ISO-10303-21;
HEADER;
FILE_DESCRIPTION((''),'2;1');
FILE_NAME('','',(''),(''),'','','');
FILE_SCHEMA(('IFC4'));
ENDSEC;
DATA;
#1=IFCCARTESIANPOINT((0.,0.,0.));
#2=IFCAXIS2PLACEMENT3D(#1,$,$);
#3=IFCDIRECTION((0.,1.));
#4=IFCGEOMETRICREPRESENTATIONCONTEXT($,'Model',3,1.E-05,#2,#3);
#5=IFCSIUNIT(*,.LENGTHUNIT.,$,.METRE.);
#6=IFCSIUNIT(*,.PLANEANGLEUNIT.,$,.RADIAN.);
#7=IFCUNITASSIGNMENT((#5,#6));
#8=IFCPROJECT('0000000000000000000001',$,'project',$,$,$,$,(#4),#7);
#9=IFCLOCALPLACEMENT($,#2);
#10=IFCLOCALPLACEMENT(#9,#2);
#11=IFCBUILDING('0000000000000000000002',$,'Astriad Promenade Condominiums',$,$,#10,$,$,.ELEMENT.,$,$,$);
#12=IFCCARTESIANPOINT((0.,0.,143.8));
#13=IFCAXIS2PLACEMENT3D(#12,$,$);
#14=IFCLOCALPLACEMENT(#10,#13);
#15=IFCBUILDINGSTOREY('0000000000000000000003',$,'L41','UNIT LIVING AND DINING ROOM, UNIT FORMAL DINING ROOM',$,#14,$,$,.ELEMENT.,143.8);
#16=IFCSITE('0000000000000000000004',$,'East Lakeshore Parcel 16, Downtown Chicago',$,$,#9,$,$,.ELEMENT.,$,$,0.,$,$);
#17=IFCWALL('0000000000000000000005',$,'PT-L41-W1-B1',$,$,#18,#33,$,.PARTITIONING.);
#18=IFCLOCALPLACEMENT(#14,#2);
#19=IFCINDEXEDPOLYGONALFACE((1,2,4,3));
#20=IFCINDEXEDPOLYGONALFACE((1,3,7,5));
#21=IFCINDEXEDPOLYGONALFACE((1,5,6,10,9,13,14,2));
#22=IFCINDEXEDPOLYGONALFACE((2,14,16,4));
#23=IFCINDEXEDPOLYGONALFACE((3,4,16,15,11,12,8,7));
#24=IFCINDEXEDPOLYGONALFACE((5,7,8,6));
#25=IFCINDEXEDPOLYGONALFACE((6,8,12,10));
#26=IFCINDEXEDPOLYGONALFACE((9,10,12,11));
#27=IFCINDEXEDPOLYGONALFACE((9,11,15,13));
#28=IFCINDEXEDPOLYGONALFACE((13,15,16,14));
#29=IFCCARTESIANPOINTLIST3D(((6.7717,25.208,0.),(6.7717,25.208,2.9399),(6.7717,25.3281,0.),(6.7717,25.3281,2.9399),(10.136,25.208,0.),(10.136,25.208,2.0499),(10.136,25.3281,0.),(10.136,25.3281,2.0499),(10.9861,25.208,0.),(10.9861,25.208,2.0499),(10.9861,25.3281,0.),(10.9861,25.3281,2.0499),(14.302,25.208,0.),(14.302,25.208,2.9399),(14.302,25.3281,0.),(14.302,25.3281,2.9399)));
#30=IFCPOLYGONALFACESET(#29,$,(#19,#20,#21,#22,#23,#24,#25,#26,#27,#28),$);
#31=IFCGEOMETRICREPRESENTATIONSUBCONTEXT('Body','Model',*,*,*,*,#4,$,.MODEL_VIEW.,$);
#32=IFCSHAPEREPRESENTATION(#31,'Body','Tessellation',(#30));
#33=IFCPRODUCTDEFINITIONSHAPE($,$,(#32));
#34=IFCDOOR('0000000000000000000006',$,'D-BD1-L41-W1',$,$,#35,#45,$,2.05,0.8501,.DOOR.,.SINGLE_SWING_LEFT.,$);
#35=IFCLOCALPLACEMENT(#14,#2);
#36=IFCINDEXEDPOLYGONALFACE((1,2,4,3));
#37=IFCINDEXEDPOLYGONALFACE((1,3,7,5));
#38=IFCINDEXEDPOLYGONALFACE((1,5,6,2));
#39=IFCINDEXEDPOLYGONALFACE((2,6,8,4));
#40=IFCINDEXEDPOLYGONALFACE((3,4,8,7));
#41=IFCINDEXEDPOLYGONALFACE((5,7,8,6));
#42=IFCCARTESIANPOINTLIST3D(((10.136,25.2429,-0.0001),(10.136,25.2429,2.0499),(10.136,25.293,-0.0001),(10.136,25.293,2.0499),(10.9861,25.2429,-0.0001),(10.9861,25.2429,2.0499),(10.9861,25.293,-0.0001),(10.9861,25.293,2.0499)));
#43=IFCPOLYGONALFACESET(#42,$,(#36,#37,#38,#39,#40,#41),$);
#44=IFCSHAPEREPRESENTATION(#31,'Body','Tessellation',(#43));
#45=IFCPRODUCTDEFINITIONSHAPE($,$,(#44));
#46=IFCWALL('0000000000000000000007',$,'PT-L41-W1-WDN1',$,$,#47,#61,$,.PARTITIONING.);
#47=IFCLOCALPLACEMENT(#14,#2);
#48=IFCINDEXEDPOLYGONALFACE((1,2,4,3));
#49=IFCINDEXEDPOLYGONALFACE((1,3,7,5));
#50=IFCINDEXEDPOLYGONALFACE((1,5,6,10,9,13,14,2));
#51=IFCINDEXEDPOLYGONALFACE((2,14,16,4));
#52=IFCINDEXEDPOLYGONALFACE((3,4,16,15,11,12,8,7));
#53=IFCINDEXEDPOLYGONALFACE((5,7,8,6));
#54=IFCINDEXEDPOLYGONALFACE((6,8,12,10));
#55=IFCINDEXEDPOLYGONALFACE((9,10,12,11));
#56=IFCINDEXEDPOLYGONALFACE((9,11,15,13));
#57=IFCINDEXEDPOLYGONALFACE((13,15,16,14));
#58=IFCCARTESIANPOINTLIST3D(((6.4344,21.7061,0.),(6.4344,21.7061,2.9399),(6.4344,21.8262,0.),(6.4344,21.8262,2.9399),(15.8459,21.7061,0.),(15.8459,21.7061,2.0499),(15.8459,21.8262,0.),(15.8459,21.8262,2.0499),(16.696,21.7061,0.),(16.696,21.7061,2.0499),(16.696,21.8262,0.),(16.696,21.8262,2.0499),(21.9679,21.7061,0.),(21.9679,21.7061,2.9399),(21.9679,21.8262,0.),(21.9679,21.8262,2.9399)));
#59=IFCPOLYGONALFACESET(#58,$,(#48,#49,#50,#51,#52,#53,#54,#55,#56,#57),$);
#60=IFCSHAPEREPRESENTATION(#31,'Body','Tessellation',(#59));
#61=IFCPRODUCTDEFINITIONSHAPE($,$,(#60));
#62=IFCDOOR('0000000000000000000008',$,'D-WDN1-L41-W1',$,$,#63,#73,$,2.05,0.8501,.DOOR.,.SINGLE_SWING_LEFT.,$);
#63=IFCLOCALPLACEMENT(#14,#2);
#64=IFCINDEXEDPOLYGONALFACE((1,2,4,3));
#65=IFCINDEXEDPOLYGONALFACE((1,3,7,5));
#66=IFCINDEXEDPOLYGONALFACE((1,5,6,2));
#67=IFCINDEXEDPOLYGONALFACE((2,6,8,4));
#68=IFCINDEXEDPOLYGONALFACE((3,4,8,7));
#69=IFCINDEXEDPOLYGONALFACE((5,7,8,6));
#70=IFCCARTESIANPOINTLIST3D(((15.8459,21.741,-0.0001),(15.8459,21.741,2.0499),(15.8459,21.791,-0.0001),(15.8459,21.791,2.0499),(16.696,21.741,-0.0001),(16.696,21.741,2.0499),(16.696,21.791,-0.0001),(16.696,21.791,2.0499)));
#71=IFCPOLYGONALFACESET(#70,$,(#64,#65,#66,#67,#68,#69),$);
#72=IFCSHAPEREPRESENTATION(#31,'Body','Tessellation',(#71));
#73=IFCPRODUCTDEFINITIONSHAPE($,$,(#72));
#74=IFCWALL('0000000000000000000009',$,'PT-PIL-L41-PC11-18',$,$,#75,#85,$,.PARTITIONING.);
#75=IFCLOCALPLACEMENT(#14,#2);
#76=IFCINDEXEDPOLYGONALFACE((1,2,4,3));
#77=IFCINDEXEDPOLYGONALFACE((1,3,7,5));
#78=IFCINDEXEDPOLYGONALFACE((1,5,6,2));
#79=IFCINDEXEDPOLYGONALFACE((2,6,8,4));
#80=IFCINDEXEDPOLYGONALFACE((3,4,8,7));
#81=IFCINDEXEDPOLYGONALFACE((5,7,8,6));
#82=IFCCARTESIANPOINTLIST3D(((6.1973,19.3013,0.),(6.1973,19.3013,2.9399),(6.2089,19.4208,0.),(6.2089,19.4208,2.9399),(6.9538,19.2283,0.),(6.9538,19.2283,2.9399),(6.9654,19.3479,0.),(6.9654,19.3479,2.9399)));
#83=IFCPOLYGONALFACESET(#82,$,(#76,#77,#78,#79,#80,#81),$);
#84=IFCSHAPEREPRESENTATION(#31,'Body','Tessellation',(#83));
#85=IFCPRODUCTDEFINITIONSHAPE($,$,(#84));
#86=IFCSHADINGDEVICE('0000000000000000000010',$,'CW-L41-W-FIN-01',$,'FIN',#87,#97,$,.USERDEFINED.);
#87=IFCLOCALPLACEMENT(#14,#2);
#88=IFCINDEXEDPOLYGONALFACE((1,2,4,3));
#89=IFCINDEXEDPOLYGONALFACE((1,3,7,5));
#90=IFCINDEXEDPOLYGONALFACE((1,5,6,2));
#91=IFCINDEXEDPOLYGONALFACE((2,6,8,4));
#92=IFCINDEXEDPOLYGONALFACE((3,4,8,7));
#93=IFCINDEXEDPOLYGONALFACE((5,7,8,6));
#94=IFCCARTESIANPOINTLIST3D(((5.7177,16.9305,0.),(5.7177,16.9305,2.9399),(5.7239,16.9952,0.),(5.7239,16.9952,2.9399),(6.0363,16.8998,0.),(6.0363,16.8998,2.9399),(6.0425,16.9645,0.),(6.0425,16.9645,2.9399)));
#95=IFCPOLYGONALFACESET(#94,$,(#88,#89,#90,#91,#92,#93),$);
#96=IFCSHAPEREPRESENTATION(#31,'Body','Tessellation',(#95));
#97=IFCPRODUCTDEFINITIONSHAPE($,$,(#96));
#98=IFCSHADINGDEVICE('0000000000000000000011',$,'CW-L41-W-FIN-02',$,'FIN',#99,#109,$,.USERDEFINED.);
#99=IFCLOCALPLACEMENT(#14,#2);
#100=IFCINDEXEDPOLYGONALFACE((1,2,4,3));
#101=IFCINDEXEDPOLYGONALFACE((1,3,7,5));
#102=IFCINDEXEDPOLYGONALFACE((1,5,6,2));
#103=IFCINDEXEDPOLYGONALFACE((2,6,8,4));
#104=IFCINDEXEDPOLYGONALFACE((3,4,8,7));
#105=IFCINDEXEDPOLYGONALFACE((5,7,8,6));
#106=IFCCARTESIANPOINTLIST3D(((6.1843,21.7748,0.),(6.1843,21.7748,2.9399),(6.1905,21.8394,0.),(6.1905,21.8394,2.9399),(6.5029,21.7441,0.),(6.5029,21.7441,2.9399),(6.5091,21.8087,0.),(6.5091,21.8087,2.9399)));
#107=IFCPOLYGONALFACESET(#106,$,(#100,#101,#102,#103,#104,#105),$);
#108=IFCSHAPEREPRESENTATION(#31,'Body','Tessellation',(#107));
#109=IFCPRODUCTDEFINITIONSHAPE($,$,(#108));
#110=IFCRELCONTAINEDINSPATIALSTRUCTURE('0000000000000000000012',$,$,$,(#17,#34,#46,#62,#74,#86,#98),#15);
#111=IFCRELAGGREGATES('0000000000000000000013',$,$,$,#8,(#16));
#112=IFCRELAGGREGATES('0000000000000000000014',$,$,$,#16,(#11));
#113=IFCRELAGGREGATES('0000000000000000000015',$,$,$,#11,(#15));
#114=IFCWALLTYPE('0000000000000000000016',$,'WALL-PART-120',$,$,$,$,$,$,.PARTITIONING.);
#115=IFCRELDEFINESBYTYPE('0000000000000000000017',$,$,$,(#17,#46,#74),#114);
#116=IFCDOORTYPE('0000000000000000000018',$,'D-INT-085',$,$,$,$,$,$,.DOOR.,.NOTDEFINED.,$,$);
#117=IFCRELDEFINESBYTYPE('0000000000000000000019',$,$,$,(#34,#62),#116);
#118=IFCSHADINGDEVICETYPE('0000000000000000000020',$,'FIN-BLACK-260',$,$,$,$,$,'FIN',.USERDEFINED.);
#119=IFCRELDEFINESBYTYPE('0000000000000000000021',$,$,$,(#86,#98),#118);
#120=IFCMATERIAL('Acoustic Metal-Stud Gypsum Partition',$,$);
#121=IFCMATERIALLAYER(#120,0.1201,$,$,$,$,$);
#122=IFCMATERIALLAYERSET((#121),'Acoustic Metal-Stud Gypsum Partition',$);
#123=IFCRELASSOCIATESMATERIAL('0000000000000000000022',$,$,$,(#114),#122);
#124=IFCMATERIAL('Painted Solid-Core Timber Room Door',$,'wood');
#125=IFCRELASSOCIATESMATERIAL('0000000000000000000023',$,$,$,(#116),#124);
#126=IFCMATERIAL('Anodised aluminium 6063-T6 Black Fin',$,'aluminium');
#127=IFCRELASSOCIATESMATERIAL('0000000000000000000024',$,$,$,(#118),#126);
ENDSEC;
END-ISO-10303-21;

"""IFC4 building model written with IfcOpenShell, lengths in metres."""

from ifc_helpers import new_model, si_unit, direction, frame, frame_2d, origin, origin_2d, place, context, subcontext, project, spatial, rectangle, extrude, source, transform, mapped, material, layer, layer_set, type_object, type_shapes, element, fill, save


model = new_model("IFC4")

# Units and contexts
model_context = context("Model", 3, precision=1e-05, world=origin(), true_north=direction((0.0, 1.0)))
body_context = subcontext(model_context, "Body", "Model", "MODEL_VIEW")
ifc_project = project(units=[si_unit("LENGTHUNIT", "METRE"), si_unit("PLANEANGLEUNIT", "RADIAN")], contexts=[model_context])

# Site, building, storey
site_placement = place(None, origin())
site = spatial("IfcSite", under=ifc_project, at=site_placement, Name="East Lakeshore Parcel 16, Downtown Chicago", CompositionType="ELEMENT", RefElevation=0.0)
building_placement = place(site_placement, origin())
building = spatial("IfcBuilding", under=site, at=building_placement, Name="Astriad Promenade Condominiums", CompositionType="ELEMENT")
storey_placement = place(building_placement, frame((0.0, 0.0, 143.8)))
storey = spatial("IfcBuildingStorey", under=building, at=storey_placement, Name="L41", Description="UNIT LIVING AND DINING ROOM, UNIT FORMAL DINING ROOM", CompositionType="ELEMENT", Elevation=143.8)

# Walls, openings, doors
ifc_material_1 = material(Name="Acoustic Metal-Stud Gypsum Partition")
ifc_layer_1 = layer(ifc_material_1, 0.1201)
ifc_layer_set_1 = layer_set([ifc_layer_1], Name="Acoustic Metal-Stud Gypsum Partition")
wall_type_1 = type_object("IfcWallType", Name="WALL-PART-120", PredefinedType="PARTITIONING", material=ifc_layer_set_1)
wall_1_placement = place(storey_placement, frame((6.7717, 25.2681, 0.0), z_axis=(0.0, 0.0, 1.0), x_axis=(1.0, 0.0, 0.0)))
wall_1 = element("IfcWall", 1, at=wall_1_placement, inside=storey, type_object=wall_type_1, Name="PT-L41-W1-B1", PredefinedType="PARTITIONING", context=body_context, shape_type="SweptSolid", body=[
    extrude(rectangle(XDim=7.5303, YDim=0.1201, at=frame_2d((3.7651, 0.0))), origin(), (0.0, 0.0, 1.0), 2.9399),
])
opening_1_placement = place(wall_1_placement, frame((3.3643, 0.0, 0.0)))
opening_1 = element("IfcOpeningElement", 2, at=opening_1_placement, cuts=wall_1, PredefinedType="OPENING", context=body_context, shape_type="SweptSolid", body=[
    extrude(rectangle(XDim=0.8501, YDim=2.05, at=frame_2d((0.425, 1.0249))), frame((0.0, 0.0701, 0.0), z_axis=(0.0, -1.0, 0.0), x_axis=(1.0, 0.0, 0.0)), (0.0, 0.0, 1.0), 0.1401),
])
ifc_material_2 = material(Name="Painted Solid-Core Timber Room Door", Category="wood")
door_type = type_object("IfcDoorType", Name="D-INT-085", OperationType="NOTDEFINED", PredefinedType="DOOR", material=ifc_material_2)
shared_shape_1 = source(origin(), body_context, "Body", "SweptSolid", [
    extrude(rectangle(XDim=0.8501, YDim=2.05, at=frame_2d((0.425, 1.0249))), frame((0.0, 0.0249, 0.0), z_axis=(0.0, -1.0, 0.0), x_axis=(1.0, 0.0, 0.0)), (0.0, 0.0, 1.0), 0.05),
])
type_shapes(door_type, [shared_shape_1])
door_1_placement = place(opening_1_placement, origin())
door_1 = element("IfcDoor", 3, at=door_1_placement, inside=storey, type_object=door_type, Name="D-BD1-L41-W1", OperationType="SINGLE_SWING_LEFT", OverallHeight=2.05, OverallWidth=0.8501, PredefinedType="DOOR", context=body_context, shape_type="MappedRepresentation", body=[
    mapped(shared_shape_1, transform((0.0, 0.0, 0.0), scale=1.0)),
])
fill(opening_1, door_1)
wall_2_placement = place(storey_placement, frame((6.4346, 21.7661, 0.0), z_axis=(0.0, 0.0, 1.0), x_axis=(1.0, 0.0, 0.0)))
wall_2 = element("IfcWall", 4, at=wall_2_placement, inside=storey, type_object=wall_type_1, Name="PT-L41-W1-WDN1", PredefinedType="PARTITIONING", context=body_context, shape_type="SweptSolid", body=[
    extrude(rectangle(XDim=15.5334, YDim=0.1201, at=frame_2d((7.7666, 0.0))), origin(), (0.0, 0.0, 1.0), 2.9399),
])
opening_2_placement = place(wall_2_placement, frame((9.4114, 0.0, 0.0)))
opening_2 = element("IfcOpeningElement", 5, at=opening_2_placement, cuts=wall_2, PredefinedType="OPENING", context=body_context, shape_type="SweptSolid", body=[
    extrude(rectangle(XDim=0.8501, YDim=2.05, at=frame_2d((0.425, 1.0249))), frame((0.0, 0.0701, 0.0), z_axis=(0.0, -1.0, 0.0), x_axis=(1.0, 0.0, 0.0)), (0.0, 0.0, 1.0), 0.1401),
])
door_2_placement = place(opening_2_placement, origin())
door_2 = element("IfcDoor", 6, at=door_2_placement, inside=storey, type_object=door_type, Name="D-WDN1-L41-W1", OperationType="SINGLE_SWING_LEFT", OverallHeight=2.05, OverallWidth=0.8501, PredefinedType="DOOR", context=body_context, shape_type="MappedRepresentation", body=[
    mapped(shared_shape_1, transform((0.0, 0.0, 0.0), scale=1.0)),
])
fill(opening_2, door_2)

# Wall
wall_3_placement = place(storey_placement, frame((6.9595, 19.2881, 0.0), z_axis=(0.0, 0.0, 1.0), x_axis=(-0.995378, 0.096037, 0.0)))
element("IfcWall", 7, at=wall_3_placement, inside=storey, type_object=wall_type_1, Name="PT-PIL-L41-PC11-18", PredefinedType="PARTITIONING", context=body_context, shape_type="SweptSolid", body=[
    extrude(rectangle(XDim=0.76, YDim=0.1201, at=frame_2d((0.3799, 0.0))), origin(), (0.0, 0.0, 1.0), 2.9399),
])

# Shading devices
ifc_material_3 = material(Name="Anodised aluminium 6063-T6 Black Fin", Category="aluminium")
shading_device_type = type_object("IfcShadingDeviceType", Name="FIN-BLACK-260", ElementType="FIN", PredefinedType="USERDEFINED", material=ifc_material_3)
shared_shape_2 = source(origin(), body_context, "Body", "SweptSolid", [
    extrude(rectangle(XDim=0.0649, YDim=0.3201, at=origin_2d()), origin(), (0.0, 0.0, 1.0), 2.9399),
])
type_shapes(shading_device_type, [shared_shape_2])
for number, where, z_axis, x_axis, name in (
    (8, (5.8801, 16.9475, 0.0), (0.0, 0.0, 1.0), (0.095846, 0.995396, 0.0), "CW-L41-W-FIN-01"),
    (9, (6.3467, 21.7917, 0.0), (0.0, 0.0, 1.0), (0.095846, 0.995396, 0.0), "CW-L41-W-FIN-02"),
):
    element("IfcShadingDevice", number, at=place(storey_placement, frame(where, z_axis=z_axis, x_axis=x_axis)), inside=storey, type_object=shading_device_type, Name=name, ObjectType="FIN", PredefinedType="USERDEFINED", context=body_context, shape_type="MappedRepresentation", body=[
        mapped(shared_shape_2, transform((0.0, 0.0, 0.0), scale=1.0)),
    ])

save(model, "model.ifc")
